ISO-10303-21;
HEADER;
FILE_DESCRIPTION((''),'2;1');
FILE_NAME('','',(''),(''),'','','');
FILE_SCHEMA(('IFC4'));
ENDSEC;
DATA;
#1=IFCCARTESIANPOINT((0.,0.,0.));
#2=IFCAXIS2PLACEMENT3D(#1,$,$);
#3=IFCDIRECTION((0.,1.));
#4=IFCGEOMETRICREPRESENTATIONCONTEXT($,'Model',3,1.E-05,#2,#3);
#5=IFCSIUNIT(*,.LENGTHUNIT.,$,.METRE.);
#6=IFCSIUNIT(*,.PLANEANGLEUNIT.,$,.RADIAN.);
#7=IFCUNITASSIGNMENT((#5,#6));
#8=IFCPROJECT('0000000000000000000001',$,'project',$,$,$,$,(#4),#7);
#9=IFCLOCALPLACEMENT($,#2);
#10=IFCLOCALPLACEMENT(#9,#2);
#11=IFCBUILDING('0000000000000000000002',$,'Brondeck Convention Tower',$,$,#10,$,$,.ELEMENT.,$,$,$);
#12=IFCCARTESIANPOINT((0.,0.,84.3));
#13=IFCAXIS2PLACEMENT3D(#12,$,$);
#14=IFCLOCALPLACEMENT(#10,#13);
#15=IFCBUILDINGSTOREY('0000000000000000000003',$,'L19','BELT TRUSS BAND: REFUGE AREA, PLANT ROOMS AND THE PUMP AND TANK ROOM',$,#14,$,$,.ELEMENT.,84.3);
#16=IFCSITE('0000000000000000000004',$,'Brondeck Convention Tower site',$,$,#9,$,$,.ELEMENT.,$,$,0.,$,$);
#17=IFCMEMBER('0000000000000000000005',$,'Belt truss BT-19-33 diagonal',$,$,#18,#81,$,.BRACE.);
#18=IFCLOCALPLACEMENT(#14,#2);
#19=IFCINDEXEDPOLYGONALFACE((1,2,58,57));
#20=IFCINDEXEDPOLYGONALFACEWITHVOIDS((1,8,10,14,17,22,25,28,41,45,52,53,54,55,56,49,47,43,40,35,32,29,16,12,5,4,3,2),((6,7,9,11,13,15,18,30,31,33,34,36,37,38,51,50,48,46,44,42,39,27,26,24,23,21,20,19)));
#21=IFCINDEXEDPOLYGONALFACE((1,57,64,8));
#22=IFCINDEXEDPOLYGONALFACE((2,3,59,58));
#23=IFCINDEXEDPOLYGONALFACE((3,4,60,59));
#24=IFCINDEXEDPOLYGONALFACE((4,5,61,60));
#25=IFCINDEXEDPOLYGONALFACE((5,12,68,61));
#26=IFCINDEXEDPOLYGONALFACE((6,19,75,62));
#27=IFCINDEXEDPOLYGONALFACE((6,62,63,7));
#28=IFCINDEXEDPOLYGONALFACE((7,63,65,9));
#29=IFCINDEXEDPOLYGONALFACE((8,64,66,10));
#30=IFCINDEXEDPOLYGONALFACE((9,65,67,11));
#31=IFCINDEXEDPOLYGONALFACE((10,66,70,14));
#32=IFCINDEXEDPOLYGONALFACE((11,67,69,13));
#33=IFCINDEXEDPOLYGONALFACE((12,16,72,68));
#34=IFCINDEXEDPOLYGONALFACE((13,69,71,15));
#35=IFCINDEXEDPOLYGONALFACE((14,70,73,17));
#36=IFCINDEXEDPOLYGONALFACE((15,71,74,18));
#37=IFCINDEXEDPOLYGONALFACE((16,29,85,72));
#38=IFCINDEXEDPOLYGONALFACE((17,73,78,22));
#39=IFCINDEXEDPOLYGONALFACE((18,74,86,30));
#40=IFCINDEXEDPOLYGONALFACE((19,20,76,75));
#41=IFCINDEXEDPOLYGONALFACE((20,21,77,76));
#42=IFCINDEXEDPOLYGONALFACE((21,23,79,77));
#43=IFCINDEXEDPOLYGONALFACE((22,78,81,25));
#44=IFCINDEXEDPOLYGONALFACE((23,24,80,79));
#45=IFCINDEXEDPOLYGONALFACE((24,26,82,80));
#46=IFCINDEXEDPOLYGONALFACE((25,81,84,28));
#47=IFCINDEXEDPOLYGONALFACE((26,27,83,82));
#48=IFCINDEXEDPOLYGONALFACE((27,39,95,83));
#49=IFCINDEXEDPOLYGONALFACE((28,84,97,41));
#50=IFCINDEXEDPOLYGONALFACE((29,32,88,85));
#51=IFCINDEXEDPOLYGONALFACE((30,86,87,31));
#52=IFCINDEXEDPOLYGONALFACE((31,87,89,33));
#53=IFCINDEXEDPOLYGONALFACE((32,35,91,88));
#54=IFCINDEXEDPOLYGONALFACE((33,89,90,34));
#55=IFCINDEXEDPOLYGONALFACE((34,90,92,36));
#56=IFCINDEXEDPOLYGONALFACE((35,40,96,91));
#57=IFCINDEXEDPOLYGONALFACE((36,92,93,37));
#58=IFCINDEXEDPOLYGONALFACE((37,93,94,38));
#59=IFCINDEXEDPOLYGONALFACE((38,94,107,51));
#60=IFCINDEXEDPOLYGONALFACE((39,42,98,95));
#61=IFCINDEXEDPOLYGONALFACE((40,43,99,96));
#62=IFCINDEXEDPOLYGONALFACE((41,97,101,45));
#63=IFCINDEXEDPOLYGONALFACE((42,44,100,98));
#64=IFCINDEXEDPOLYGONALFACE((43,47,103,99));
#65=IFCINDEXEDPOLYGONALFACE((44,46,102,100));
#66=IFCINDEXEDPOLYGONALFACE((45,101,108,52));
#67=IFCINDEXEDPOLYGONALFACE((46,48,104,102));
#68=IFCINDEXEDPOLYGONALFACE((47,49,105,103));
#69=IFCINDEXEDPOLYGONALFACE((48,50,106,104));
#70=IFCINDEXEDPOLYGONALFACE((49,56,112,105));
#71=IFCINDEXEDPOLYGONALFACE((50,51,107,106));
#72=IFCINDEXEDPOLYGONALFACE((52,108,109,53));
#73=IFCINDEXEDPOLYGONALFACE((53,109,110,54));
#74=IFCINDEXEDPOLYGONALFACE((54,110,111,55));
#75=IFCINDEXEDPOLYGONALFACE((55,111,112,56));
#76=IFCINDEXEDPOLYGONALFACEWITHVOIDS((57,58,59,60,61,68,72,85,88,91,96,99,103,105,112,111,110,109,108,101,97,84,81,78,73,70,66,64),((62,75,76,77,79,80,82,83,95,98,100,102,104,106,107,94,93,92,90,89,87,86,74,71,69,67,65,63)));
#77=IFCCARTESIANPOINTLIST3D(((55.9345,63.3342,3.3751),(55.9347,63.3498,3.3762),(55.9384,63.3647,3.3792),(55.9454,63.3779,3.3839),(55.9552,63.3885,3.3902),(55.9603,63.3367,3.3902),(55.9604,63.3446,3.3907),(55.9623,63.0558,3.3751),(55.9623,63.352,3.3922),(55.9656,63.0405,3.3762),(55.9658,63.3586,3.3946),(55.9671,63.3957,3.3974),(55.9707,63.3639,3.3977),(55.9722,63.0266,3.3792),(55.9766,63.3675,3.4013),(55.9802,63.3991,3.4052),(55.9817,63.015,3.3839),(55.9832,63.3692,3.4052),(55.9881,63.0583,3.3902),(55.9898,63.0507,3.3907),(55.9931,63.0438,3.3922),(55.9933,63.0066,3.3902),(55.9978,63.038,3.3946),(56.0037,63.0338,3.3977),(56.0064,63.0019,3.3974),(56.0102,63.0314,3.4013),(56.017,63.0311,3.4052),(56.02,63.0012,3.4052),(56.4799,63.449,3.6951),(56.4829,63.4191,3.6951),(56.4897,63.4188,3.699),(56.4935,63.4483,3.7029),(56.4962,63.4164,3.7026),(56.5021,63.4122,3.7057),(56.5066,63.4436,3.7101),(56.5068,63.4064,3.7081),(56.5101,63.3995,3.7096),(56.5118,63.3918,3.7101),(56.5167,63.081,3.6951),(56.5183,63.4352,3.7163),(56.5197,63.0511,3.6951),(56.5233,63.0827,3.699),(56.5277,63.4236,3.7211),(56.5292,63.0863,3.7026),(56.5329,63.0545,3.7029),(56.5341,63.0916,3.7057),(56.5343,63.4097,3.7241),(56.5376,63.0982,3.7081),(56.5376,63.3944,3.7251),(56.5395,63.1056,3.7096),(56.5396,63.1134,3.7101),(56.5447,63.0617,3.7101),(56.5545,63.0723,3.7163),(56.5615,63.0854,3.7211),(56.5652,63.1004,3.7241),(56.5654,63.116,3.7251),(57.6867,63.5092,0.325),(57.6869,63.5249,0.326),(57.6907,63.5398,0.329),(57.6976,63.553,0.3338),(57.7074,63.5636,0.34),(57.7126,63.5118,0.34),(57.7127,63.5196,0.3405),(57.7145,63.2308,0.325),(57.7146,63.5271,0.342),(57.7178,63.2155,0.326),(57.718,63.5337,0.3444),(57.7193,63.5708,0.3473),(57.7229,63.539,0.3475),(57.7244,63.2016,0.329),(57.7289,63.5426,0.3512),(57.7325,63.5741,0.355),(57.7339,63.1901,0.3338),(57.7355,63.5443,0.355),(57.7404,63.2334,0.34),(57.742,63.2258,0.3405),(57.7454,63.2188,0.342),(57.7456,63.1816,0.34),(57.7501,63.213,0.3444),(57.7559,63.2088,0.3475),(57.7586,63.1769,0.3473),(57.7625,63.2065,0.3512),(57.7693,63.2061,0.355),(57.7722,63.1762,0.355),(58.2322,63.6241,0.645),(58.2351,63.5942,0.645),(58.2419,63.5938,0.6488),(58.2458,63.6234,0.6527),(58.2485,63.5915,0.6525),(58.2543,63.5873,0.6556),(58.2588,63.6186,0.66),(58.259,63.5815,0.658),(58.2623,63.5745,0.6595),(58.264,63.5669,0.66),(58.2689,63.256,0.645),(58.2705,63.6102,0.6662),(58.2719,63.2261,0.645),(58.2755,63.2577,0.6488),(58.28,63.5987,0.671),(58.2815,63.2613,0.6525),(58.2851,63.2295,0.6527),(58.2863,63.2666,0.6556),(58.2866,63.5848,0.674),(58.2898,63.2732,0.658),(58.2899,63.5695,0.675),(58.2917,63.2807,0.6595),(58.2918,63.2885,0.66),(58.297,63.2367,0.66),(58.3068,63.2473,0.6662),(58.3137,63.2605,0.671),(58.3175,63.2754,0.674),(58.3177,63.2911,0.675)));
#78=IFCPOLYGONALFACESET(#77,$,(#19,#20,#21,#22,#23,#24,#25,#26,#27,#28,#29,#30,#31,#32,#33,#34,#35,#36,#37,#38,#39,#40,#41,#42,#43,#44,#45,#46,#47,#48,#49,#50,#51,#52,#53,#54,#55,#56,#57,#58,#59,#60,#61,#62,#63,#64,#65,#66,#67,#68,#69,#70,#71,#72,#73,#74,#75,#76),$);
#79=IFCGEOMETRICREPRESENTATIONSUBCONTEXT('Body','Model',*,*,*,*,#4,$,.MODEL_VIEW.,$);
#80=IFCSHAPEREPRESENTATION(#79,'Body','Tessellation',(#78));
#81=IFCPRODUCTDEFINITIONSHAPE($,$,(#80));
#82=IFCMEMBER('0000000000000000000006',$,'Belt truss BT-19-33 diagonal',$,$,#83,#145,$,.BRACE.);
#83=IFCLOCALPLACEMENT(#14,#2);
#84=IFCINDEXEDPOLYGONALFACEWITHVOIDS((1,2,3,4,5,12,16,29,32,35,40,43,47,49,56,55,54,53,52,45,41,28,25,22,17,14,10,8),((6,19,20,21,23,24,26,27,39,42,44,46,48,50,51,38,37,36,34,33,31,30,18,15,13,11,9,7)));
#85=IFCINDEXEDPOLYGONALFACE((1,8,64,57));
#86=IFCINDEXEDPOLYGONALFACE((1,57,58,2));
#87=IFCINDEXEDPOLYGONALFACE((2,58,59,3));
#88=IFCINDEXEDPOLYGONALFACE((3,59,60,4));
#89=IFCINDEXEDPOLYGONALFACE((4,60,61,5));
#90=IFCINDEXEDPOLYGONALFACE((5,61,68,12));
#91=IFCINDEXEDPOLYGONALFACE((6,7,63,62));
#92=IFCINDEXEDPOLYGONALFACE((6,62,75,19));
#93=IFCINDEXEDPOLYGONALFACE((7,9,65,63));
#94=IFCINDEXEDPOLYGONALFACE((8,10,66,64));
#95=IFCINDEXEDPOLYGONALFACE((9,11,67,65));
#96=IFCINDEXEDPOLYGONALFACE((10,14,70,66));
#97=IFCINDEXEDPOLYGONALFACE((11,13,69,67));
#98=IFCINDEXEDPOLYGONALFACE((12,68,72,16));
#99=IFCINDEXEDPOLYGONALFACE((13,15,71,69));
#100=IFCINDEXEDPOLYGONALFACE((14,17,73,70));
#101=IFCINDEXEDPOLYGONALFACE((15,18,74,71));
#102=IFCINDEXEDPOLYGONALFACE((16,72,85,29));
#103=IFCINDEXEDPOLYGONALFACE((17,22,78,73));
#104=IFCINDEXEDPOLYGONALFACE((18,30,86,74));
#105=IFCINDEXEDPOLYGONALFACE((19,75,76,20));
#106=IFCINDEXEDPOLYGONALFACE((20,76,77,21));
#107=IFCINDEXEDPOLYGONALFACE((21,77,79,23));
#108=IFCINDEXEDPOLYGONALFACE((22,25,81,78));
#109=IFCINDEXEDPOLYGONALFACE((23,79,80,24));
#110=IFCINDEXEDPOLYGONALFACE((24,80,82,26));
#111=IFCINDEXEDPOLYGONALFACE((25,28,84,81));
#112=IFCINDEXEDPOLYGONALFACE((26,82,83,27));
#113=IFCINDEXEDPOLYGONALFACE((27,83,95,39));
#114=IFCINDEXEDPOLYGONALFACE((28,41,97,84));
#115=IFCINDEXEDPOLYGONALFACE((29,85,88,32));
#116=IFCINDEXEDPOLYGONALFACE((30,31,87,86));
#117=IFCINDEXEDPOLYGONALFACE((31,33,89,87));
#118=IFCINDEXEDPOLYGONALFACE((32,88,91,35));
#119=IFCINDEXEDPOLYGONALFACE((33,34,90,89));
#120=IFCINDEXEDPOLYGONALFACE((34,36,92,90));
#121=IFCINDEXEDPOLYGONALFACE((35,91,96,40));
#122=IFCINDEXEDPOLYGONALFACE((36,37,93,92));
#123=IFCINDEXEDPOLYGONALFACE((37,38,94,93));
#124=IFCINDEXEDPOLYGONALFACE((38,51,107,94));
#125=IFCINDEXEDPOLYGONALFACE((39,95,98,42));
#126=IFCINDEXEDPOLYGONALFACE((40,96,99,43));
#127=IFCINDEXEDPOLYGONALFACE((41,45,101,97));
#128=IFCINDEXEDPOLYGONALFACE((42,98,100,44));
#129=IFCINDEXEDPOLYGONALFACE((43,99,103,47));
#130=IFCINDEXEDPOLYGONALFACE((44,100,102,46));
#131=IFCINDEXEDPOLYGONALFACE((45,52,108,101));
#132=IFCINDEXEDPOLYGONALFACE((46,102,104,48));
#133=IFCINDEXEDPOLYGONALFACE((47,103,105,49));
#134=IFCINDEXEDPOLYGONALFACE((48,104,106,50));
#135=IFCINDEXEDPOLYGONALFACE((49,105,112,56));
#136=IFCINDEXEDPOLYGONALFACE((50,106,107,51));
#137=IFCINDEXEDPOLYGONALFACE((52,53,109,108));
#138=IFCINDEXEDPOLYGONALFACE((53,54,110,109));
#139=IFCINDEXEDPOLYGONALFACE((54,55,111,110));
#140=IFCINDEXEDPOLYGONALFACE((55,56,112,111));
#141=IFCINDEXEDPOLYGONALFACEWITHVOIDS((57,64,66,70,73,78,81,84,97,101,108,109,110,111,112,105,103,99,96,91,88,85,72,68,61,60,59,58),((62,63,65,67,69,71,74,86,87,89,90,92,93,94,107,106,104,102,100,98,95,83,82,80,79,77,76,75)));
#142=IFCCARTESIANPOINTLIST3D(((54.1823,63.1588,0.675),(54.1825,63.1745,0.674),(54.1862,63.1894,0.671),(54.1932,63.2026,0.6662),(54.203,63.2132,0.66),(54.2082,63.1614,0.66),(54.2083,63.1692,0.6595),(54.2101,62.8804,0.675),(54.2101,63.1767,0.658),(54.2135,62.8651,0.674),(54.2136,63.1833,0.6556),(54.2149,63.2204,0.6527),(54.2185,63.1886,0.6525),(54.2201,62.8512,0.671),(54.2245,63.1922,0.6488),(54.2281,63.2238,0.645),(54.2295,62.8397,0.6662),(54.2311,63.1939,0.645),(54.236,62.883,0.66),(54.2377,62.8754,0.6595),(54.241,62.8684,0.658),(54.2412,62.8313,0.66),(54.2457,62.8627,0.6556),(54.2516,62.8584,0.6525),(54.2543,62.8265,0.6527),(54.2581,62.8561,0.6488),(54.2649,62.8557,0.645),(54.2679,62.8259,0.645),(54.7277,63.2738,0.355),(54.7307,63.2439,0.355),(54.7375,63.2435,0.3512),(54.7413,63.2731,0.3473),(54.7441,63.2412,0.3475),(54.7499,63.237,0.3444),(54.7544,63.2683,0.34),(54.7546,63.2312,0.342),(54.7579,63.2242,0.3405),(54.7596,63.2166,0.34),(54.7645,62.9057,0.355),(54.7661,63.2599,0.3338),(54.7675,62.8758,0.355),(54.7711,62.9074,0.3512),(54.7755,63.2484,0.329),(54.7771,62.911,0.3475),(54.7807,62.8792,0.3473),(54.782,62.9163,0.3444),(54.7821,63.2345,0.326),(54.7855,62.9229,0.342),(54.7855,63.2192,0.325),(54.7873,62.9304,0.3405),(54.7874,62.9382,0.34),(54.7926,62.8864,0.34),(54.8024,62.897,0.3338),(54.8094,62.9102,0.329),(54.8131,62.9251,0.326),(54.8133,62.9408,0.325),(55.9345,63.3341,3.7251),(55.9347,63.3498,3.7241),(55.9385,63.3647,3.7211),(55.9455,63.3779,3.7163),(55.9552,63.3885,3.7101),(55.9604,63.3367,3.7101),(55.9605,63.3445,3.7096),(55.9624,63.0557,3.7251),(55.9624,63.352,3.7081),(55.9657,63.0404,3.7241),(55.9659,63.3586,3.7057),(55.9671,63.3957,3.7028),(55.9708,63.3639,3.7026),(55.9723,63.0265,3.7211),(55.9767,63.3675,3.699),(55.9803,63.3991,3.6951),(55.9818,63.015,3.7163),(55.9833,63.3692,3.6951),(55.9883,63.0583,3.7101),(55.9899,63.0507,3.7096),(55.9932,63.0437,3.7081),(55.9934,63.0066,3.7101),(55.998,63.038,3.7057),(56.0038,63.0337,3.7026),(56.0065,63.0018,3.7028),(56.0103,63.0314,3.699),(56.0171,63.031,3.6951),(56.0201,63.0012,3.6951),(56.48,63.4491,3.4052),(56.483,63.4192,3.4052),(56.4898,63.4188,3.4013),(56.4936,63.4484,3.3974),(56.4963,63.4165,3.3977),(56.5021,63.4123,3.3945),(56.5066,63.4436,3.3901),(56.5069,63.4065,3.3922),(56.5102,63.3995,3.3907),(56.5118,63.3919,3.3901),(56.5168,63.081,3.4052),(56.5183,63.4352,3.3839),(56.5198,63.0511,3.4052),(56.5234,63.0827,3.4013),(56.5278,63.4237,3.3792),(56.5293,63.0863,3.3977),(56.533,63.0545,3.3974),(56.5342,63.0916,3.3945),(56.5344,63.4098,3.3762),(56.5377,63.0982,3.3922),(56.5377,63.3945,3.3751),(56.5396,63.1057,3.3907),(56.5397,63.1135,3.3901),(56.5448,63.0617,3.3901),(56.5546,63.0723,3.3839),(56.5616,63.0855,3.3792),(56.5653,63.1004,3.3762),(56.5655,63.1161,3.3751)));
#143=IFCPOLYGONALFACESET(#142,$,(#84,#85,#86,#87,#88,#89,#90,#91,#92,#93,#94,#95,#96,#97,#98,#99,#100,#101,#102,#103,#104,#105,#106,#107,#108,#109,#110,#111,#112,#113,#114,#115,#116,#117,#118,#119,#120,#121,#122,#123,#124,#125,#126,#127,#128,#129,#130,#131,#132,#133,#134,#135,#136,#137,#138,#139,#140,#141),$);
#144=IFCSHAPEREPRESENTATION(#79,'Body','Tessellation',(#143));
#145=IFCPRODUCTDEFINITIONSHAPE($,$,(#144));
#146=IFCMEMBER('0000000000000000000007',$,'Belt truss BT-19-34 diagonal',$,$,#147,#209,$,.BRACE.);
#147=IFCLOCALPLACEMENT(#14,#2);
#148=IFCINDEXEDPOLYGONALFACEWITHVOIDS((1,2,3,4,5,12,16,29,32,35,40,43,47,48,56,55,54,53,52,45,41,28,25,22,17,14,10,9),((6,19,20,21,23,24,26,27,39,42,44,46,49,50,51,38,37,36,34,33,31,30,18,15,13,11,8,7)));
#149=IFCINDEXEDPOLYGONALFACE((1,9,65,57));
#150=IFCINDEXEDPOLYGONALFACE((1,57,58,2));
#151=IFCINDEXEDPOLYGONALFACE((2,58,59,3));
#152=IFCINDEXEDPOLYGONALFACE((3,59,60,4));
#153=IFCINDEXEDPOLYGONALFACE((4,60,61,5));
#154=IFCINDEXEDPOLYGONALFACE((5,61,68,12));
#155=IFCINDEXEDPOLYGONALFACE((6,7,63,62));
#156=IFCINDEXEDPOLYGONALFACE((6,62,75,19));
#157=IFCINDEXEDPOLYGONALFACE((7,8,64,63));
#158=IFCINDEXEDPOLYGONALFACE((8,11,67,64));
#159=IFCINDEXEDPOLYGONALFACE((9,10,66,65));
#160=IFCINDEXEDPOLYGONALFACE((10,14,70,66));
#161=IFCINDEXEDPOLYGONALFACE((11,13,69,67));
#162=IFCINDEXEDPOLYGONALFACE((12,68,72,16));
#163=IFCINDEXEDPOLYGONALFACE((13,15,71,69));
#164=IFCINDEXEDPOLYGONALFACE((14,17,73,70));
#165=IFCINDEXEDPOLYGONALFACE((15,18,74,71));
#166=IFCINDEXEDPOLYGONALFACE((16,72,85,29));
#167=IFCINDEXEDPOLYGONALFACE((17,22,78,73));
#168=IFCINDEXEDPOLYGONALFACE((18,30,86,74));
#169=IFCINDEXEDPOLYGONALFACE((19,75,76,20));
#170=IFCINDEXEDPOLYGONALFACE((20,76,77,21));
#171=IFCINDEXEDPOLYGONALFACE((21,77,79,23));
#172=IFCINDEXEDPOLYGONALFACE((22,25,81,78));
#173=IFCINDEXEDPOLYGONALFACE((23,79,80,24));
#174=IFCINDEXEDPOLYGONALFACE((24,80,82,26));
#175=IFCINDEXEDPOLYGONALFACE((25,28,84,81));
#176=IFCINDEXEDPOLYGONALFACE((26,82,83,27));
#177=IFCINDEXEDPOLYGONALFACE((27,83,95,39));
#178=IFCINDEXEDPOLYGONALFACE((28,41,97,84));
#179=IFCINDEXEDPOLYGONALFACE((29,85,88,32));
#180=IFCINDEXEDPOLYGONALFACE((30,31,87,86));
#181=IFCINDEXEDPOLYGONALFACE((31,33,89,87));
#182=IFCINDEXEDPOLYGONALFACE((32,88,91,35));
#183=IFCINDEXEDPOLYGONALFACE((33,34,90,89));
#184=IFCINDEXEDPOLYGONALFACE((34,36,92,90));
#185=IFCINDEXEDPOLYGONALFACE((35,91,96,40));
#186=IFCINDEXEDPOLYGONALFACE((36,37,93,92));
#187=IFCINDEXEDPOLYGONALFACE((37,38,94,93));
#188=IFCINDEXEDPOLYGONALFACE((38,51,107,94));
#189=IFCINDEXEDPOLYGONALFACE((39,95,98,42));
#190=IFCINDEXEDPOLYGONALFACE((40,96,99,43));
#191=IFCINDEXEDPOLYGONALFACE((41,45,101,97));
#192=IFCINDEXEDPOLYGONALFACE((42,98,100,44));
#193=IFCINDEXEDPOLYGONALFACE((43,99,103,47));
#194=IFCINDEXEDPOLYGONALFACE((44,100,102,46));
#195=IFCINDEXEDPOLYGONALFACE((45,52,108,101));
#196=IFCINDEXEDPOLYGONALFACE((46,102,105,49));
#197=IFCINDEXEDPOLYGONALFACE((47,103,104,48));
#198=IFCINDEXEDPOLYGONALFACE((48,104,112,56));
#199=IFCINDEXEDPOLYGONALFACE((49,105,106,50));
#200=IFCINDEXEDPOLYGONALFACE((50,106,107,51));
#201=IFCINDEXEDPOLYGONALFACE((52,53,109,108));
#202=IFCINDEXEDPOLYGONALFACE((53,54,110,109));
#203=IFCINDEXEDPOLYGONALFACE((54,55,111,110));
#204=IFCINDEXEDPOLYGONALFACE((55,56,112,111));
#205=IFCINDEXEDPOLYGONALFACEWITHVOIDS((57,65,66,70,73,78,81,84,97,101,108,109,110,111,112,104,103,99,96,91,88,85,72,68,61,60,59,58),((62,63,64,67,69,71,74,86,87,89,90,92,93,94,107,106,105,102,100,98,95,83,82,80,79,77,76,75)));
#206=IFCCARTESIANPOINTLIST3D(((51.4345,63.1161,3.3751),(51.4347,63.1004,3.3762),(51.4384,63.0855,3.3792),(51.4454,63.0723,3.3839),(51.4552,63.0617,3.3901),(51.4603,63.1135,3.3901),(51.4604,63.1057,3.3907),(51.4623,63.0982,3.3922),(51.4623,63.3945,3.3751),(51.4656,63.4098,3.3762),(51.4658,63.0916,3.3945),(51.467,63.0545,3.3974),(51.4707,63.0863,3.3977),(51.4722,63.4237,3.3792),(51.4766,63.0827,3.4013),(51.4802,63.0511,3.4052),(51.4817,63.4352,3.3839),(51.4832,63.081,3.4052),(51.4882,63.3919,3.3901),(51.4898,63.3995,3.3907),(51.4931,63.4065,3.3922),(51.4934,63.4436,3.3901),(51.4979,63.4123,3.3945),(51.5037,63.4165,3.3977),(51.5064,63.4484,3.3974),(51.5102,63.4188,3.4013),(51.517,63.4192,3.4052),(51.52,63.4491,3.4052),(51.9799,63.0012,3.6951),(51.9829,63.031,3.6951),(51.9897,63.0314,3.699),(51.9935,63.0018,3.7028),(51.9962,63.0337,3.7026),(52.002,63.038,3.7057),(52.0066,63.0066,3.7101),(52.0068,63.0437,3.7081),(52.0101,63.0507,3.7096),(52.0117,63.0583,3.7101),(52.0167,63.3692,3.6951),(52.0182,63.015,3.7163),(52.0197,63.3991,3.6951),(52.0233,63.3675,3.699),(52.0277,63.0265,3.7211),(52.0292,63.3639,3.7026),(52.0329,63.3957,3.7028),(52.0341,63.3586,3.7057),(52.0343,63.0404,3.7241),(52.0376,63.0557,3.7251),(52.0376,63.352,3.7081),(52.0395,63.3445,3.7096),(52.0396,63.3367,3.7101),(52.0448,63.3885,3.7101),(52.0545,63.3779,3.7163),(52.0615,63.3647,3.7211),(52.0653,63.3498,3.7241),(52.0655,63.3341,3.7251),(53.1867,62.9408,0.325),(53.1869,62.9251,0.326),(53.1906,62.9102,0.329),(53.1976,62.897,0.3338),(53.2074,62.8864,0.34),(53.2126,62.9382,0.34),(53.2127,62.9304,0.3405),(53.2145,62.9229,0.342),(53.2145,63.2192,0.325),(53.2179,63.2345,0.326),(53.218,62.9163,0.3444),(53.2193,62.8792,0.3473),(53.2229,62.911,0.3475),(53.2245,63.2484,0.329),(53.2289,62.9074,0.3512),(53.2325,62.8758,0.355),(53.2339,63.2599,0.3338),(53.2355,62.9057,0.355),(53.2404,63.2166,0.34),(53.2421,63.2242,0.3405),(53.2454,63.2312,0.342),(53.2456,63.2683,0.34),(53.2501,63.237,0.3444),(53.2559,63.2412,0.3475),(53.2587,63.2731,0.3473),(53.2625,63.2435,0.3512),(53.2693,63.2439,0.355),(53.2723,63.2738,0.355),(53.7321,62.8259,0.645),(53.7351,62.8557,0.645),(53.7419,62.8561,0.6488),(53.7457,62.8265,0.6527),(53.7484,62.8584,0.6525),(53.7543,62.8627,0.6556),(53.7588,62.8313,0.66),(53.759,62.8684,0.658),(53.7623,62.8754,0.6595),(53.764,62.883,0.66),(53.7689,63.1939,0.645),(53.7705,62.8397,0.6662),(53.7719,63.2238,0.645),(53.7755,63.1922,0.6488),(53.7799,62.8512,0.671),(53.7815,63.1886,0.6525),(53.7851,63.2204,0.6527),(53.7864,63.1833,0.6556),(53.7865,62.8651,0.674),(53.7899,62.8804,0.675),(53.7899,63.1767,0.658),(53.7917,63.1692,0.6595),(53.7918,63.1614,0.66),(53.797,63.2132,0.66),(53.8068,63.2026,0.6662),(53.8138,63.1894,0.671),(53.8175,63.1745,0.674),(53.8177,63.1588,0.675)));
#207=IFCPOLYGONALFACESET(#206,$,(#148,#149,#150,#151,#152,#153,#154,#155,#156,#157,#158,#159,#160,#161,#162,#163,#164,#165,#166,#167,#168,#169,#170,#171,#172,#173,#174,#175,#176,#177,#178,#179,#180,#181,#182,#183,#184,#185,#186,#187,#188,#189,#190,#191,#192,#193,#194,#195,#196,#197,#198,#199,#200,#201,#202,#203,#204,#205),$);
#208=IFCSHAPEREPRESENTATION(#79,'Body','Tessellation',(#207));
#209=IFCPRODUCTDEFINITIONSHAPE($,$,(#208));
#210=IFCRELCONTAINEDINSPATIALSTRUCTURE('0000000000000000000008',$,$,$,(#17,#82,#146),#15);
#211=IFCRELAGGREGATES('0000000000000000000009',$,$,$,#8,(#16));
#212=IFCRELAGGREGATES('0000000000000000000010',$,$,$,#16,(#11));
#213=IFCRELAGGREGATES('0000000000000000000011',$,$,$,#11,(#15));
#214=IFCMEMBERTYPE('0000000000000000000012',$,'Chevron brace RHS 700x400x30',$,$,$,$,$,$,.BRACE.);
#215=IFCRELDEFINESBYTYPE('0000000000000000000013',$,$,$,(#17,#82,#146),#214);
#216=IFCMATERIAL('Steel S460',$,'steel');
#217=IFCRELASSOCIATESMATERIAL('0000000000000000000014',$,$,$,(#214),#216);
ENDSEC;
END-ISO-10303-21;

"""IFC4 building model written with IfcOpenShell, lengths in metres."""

from ifc_helpers import new_model, si_unit, direction, frame, origin, origin_2d, place, context, subcontext, project, spatial, hollow_rectangle, extrude, material, material_profile, profile_set, type_object, element, save


model = new_model("IFC4")

# Units and contexts
model_context = context("Model", 3, precision=1e-05, world=origin(), true_north=direction((0.0, 1.0)))
body_context = subcontext(model_context, "Body", "Model", "MODEL_VIEW")
ifc_project = project(units=[si_unit("LENGTHUNIT", "METRE"), si_unit("PLANEANGLEUNIT", "RADIAN")], contexts=[model_context])

# Site, building, storey
site_placement = place(None, origin())
site = spatial("IfcSite", under=ifc_project, at=site_placement, Name="Brondeck Convention Tower site", CompositionType="ELEMENT", RefElevation=0.0)
building_placement = place(site_placement, origin())
building = spatial("IfcBuilding", under=site, at=building_placement, Name="Brondeck Convention Tower", CompositionType="ELEMENT")
storey_placement = place(building_placement, frame((0.0, 0.0, 84.3)))
storey = spatial("IfcBuildingStorey", under=building, at=storey_placement, Name="L19", Description="BELT TRUSS BAND: REFUGE AREA, PLANT ROOMS AND THE PUMP AND TANK ROOM", CompositionType="ELEMENT", Elevation=84.3)

# Members
ifc_material_1 = material(Name="Steel S460", Category="steel")
ifc_material_profile_1 = material_profile(ifc_material_1, hollow_rectangle(XDim=0.3999, YDim=0.7, WallThickness=0.03, InnerFilletRadius=0.03, OuterFilletRadius=0.0601, at=origin_2d()), Name="RHS 700x400x30")
ifc_profile_set_1 = profile_set([ifc_material_profile_1], Name="Steel S460")
member_type_1 = type_object("IfcMemberType", Name="Chevron brace RHS 700x400x30", PredefinedType="BRACE", material=ifc_profile_set_1)
for number, where, z_axis, x_axis, name in (
    (1, (58.0022, 63.4001, 0.5), (-0.497518, -0.049703, 0.866029), (0.099408, -0.995047, 0.0), "Belt truss BT-19-33 diagonal"),
    (2, (54.4978, 63.0498, 0.5), (0.497516, 0.049772, 0.866026), (-0.099545, 0.995033, 0.0), "Belt truss BT-19-33 diagonal"),
    (3, (53.5022, 63.0498, 0.5), (-0.497516, 0.049772, 0.866026), (-0.099545, -0.995033, 0.0), "Belt truss BT-19-34 diagonal"),
):
    element("IfcMember", number, at=place(storey_placement, frame(where, z_axis=z_axis, x_axis=x_axis)), inside=storey, type_object=member_type_1, Name=name, PredefinedType="BRACE", context=body_context, shape_type="SweptSolid", body=[
        extrude(hollow_rectangle(XDim=0.3999, YDim=0.7, WallThickness=0.03, InnerFilletRadius=0.03, OuterFilletRadius=0.0601, at=origin_2d()), origin(), (0.0, 0.0, 1.0), 3.522),
    ])

save(model, "model.ifc")
